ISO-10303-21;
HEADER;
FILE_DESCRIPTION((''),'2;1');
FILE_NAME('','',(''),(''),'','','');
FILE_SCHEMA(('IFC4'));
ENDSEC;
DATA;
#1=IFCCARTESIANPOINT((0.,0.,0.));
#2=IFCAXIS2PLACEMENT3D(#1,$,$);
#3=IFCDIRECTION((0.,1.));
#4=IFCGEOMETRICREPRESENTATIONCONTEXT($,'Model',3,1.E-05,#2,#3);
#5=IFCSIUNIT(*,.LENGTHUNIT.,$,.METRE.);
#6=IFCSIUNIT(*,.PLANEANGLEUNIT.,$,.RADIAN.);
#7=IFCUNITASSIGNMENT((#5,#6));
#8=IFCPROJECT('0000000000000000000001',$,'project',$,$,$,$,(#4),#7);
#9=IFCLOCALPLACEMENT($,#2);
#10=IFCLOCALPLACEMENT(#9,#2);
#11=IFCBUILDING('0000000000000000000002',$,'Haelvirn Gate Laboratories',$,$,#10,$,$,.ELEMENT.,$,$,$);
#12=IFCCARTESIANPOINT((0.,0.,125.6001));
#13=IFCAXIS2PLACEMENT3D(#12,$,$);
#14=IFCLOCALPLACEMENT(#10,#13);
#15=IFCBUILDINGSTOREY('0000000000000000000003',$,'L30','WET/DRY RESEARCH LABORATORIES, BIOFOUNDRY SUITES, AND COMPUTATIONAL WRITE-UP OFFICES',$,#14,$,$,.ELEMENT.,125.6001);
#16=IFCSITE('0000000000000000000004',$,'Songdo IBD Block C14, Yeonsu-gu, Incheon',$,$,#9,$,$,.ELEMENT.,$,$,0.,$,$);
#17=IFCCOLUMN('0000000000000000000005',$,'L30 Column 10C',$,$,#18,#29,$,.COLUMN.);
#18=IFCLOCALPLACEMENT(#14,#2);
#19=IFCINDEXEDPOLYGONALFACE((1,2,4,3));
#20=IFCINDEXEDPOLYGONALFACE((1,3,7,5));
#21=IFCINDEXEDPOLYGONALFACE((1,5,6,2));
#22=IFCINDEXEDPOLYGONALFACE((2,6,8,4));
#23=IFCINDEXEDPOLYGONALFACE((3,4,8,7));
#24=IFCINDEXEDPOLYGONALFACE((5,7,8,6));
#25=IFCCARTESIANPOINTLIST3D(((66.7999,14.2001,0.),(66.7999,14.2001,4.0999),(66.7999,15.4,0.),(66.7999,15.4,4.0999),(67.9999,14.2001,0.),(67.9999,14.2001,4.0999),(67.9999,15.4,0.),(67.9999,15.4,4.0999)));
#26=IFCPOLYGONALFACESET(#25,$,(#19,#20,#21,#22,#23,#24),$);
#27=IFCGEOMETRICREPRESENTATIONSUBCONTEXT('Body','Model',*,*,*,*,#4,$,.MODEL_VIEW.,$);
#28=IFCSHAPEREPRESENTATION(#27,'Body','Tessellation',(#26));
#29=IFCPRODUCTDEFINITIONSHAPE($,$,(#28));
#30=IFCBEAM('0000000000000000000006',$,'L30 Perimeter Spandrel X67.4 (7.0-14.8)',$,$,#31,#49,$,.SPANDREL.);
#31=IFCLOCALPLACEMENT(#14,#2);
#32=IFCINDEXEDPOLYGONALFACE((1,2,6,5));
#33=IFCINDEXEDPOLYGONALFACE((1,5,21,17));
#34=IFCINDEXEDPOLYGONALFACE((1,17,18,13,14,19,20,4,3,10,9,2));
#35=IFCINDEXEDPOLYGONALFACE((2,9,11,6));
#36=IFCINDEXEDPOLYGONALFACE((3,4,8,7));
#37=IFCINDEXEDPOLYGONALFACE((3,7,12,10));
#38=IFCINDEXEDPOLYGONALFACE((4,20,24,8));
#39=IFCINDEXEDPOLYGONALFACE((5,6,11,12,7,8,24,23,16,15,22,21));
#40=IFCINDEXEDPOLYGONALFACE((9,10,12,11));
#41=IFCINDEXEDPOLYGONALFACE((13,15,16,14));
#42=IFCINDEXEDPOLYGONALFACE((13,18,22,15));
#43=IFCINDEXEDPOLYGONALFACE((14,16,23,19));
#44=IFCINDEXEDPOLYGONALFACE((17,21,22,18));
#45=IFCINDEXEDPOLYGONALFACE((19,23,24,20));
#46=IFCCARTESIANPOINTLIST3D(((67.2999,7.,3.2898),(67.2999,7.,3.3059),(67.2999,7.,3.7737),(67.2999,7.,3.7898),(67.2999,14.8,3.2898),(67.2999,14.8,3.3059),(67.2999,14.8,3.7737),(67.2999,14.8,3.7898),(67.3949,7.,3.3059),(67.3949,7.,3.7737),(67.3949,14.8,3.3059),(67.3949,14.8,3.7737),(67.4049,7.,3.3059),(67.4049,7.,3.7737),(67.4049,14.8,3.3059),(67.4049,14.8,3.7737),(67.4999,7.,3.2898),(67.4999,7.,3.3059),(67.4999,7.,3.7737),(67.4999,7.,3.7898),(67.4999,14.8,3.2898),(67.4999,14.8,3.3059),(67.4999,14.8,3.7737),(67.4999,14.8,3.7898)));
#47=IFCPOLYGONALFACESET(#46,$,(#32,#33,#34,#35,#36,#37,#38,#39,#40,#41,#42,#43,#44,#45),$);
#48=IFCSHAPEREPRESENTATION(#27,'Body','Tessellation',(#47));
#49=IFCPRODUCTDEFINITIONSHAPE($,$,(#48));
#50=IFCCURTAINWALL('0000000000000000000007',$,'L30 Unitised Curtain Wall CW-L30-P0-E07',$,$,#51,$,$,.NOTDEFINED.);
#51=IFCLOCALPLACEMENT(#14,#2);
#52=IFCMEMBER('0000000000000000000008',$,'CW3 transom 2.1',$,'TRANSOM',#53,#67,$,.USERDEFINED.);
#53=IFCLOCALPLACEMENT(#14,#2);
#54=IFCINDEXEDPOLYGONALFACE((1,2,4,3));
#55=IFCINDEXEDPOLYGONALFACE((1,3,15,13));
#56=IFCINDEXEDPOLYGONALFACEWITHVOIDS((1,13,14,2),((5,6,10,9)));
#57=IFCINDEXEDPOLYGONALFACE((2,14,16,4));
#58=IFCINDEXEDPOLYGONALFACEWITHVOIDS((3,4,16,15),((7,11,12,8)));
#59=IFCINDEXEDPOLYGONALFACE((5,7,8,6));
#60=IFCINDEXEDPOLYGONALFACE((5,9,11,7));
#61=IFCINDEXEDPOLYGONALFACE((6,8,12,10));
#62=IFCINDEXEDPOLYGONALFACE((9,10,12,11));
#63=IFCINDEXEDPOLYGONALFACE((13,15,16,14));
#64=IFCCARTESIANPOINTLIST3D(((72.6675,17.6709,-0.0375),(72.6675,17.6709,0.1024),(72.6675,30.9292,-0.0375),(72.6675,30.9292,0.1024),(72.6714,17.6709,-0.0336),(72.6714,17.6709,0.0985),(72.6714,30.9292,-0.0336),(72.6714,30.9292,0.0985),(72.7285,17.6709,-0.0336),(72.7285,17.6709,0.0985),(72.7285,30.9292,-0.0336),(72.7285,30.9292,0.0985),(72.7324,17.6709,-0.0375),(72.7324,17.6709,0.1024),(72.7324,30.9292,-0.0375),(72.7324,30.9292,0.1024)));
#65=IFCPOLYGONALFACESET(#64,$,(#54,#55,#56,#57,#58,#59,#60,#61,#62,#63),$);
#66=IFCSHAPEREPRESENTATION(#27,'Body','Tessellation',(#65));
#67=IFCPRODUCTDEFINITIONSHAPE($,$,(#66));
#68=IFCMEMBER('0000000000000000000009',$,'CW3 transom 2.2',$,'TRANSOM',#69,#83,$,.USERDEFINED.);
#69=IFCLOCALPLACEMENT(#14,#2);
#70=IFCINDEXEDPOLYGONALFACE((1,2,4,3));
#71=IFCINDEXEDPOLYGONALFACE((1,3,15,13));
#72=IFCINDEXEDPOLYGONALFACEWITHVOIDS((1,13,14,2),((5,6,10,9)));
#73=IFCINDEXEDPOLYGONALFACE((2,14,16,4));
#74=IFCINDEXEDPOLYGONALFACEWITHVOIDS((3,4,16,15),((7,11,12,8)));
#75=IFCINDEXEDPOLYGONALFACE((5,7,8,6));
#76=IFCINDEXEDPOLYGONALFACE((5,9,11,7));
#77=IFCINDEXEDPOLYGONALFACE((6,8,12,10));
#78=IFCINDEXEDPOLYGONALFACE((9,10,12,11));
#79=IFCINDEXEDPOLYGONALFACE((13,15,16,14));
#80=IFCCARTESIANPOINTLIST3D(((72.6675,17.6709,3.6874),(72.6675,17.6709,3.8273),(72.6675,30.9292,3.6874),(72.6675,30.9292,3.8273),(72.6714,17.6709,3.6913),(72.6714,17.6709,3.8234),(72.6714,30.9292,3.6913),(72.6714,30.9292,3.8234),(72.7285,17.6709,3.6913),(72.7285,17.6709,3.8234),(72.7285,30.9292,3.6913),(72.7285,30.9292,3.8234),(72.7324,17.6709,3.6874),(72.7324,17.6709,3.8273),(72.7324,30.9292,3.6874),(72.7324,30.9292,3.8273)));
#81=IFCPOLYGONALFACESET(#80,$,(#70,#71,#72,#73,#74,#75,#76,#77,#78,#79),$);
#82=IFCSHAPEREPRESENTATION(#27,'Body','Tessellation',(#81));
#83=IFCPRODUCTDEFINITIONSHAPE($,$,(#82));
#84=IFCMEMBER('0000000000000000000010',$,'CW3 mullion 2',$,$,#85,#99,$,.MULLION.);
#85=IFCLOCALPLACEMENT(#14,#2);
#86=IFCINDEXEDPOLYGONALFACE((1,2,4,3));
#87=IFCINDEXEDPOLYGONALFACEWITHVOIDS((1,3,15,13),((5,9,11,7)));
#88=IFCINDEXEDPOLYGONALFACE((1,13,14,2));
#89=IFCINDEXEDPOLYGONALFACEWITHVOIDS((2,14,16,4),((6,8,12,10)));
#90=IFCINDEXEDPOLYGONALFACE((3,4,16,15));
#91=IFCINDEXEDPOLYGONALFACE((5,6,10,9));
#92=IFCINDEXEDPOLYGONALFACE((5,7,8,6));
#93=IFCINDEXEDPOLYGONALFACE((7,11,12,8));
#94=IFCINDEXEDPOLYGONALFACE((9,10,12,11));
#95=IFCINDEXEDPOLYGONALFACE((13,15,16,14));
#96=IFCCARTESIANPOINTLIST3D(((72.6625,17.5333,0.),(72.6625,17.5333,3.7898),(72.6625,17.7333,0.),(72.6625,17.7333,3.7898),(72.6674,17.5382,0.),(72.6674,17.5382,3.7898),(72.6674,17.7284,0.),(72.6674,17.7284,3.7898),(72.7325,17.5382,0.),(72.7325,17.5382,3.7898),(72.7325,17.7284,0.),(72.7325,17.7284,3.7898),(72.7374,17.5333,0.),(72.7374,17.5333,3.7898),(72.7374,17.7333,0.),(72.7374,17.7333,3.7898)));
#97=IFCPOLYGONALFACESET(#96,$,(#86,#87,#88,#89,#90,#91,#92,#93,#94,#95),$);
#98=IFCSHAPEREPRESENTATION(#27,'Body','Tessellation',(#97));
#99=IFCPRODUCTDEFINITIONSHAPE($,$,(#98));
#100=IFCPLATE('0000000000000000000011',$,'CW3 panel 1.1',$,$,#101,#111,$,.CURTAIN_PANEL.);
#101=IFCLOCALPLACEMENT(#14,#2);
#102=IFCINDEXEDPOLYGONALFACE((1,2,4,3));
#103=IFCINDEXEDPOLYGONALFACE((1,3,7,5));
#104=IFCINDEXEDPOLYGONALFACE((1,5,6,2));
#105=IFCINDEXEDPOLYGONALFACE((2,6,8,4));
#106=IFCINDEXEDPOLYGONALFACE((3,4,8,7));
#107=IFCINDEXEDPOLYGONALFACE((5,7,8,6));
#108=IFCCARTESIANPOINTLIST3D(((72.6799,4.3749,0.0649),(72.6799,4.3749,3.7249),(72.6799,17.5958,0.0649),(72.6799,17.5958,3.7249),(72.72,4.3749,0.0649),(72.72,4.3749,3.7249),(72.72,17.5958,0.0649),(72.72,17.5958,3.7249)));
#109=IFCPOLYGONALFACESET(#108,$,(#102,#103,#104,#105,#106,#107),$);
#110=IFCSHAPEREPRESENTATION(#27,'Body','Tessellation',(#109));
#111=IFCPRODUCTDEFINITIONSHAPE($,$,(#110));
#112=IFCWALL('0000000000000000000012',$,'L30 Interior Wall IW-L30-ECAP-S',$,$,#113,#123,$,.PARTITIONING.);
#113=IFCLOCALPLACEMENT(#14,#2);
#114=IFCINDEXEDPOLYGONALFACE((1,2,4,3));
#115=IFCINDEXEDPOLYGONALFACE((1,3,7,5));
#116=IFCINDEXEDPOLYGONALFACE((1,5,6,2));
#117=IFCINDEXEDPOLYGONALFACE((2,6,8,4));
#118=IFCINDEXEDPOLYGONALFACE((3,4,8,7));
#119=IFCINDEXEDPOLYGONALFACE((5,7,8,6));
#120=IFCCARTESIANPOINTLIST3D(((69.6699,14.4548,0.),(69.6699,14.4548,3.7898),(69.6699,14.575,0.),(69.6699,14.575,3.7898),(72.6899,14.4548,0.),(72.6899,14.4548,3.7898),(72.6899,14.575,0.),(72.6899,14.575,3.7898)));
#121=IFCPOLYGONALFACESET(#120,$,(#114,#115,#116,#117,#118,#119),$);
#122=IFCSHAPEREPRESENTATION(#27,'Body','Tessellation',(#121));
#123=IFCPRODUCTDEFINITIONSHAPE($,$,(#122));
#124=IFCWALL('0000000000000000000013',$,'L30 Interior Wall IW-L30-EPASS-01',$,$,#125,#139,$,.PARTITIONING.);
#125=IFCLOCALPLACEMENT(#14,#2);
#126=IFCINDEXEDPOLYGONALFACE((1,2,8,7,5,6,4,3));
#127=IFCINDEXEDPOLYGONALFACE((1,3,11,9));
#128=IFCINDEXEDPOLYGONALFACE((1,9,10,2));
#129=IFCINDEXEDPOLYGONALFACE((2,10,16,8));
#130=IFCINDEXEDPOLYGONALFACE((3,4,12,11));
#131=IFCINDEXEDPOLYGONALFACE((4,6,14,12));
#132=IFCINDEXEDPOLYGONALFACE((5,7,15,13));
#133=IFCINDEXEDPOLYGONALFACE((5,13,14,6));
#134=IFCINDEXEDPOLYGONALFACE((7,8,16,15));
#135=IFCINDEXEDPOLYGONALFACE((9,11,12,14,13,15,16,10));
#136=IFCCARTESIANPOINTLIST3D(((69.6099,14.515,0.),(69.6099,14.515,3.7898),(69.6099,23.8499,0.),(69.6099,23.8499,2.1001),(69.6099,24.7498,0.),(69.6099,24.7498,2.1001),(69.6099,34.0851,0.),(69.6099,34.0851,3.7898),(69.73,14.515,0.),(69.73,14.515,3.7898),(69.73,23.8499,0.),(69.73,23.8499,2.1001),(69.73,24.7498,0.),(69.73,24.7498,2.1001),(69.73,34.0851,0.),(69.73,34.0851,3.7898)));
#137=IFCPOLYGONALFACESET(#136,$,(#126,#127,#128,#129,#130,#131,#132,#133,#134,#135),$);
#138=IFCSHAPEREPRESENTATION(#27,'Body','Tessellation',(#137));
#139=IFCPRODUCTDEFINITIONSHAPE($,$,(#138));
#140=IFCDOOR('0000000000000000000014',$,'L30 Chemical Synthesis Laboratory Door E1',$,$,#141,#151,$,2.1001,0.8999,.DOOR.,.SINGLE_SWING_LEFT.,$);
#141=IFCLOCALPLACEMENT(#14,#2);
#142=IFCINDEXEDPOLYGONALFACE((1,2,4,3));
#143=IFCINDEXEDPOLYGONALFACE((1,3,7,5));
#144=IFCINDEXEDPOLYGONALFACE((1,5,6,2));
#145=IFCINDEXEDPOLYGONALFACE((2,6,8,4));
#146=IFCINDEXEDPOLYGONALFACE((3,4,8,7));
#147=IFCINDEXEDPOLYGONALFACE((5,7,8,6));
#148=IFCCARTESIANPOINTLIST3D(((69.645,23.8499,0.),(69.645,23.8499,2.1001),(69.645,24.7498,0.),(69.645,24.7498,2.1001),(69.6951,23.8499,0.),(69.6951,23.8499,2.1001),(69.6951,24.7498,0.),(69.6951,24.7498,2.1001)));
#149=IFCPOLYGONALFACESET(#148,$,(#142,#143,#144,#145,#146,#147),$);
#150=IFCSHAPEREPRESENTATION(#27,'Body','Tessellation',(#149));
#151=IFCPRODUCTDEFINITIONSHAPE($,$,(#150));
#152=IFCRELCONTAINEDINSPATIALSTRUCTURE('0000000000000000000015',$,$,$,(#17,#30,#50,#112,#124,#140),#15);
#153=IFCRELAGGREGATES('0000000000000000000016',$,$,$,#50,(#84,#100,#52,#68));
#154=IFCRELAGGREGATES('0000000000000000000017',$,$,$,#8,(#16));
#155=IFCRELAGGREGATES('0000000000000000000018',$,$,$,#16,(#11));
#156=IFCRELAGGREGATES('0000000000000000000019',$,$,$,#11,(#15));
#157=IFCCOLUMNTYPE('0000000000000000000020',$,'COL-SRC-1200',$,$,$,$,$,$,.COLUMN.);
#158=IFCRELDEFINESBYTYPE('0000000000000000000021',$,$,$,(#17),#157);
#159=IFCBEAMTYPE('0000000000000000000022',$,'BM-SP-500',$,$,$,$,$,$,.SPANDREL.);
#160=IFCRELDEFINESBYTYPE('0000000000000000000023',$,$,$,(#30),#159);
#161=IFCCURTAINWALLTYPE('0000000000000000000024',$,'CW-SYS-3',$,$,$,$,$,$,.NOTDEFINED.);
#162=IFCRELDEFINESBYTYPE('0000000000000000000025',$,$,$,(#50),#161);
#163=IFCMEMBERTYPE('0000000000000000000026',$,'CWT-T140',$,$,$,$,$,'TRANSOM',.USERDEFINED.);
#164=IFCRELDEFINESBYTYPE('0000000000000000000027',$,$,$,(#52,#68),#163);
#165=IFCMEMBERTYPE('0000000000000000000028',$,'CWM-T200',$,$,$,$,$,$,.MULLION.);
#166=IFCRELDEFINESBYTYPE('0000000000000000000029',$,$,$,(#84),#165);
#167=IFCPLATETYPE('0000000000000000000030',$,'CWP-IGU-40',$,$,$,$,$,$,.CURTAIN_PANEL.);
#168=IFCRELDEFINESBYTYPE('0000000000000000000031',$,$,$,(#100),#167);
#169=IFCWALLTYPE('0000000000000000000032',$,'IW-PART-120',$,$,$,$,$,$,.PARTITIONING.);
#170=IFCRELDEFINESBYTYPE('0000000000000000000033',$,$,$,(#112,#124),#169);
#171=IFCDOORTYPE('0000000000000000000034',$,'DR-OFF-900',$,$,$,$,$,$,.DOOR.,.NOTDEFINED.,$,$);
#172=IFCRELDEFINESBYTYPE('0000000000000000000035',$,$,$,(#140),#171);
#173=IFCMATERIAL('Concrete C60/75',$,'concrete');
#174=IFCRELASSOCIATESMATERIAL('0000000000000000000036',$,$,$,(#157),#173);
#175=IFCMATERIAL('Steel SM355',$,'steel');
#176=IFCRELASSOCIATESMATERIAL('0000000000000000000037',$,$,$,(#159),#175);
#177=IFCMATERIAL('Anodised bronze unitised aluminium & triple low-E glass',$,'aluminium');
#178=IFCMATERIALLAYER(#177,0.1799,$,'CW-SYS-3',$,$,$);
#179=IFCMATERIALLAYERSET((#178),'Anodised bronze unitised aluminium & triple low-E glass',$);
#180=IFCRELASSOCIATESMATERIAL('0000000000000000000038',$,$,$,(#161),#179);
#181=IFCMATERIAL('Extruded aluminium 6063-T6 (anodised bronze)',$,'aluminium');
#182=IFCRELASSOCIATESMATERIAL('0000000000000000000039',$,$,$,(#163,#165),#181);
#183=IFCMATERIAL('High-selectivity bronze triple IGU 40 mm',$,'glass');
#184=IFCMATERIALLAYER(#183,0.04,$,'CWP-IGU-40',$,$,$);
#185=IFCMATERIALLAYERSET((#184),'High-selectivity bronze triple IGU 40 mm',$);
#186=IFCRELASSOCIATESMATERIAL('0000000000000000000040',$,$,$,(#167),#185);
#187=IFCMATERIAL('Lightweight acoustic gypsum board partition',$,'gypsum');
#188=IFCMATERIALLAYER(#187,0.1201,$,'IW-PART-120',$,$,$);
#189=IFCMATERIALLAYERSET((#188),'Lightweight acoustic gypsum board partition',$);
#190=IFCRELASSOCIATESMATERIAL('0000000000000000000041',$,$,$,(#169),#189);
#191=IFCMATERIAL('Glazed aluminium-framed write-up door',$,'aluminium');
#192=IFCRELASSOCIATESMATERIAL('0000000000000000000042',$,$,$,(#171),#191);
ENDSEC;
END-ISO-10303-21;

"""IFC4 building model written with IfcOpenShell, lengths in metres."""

from ifc_helpers import new_model, si_unit, direction, frame, frame_2d, origin, origin_2d, place, context, subcontext, project, spatial, rectangle, hollow_rectangle, i_section, extrude, source, transform, mapped, material, layer, layer_set, material_profile, profile_set, type_object, type_shapes, element, fill, aggregate, save


model = new_model("IFC4")

# Units and contexts
model_context = context("Model", 3, precision=1e-05, world=origin(), true_north=direction((0.0, 1.0)))
body_context = subcontext(model_context, "Body", "Model", "MODEL_VIEW")
ifc_project = project(units=[si_unit("LENGTHUNIT", "METRE"), si_unit("PLANEANGLEUNIT", "RADIAN")], contexts=[model_context])

# Site, building, storey
site_placement = place(None, origin())
site = spatial("IfcSite", under=ifc_project, at=site_placement, Name="Songdo IBD Block C14, Yeonsu-gu, Incheon", CompositionType="ELEMENT", RefElevation=0.0)
building_placement = place(site_placement, origin())
building = spatial("IfcBuilding", under=site, at=building_placement, Name="Haelvirn Gate Laboratories", CompositionType="ELEMENT")
storey_placement = place(building_placement, frame((0.0, 0.0, 125.6001)))
storey = spatial("IfcBuildingStorey", under=building, at=storey_placement, Name="L30", Description="WET/DRY RESEARCH LABORATORIES, BIOFOUNDRY SUITES, AND COMPUTATIONAL WRITE-UP OFFICES", CompositionType="ELEMENT", Elevation=125.6001)

# Column
ifc_material_1 = material(Name="Concrete C60/75", Category="concrete")
ifc_material_profile_1 = material_profile(ifc_material_1, rectangle(XDim=1.2, YDim=1.2, at=origin_2d()), Name="SRC-1200x1200")
ifc_profile_set_1 = profile_set([ifc_material_profile_1], Name="Concrete C60/75")
column_type = type_object("IfcColumnType", Name="COL-SRC-1200", PredefinedType="COLUMN", material=ifc_profile_set_1)
shared_shape_1 = source(origin(), body_context, "Body", "SweptSolid", [
    extrude(rectangle(XDim=1.2, YDim=1.2, at=origin_2d()), origin(), (0.0, 0.0, 1.0), 4.0999),
])
type_shapes(column_type, [shared_shape_1])
column_placement = place(storey_placement, frame((67.3999, 14.8, 0.0), z_axis=(0.0, 0.0, 1.0), x_axis=(1.0, 0.0, 0.0)))
element("IfcColumn", 1, at=column_placement, inside=storey, type_object=column_type, Name="L30 Column 10C", PredefinedType="COLUMN", context=body_context, shape_type="MappedRepresentation", body=[
    mapped(shared_shape_1, transform((0.0, 0.0, 0.0), scale=1.0)),
])

# Beam
ifc_material_2 = material(Name="Steel SM355", Category="steel")
ifc_material_profile_2 = material_profile(ifc_material_2, i_section(OverallWidth=0.2, OverallDepth=0.5, WebThickness=0.01, FlangeThickness=0.0161, at=origin_2d()), Name="H-500x200x10x16")
ifc_profile_set_2 = profile_set([ifc_material_profile_2], Name="Steel SM355")
beam_type = type_object("IfcBeamType", Name="BM-SP-500", PredefinedType="SPANDREL", material=ifc_profile_set_2)
shared_shape_2 = source(origin(), body_context, "Body", "SweptSolid", [
    extrude(i_section(OverallWidth=0.2, OverallDepth=0.5, WebThickness=0.01, FlangeThickness=0.0161, at=origin_2d()), origin(), (0.0, 0.0, 1.0), 7.8),
])
type_shapes(beam_type, [shared_shape_2])
beam_placement = place(storey_placement, frame((67.3999, 7.0, 3.5398), z_axis=(0.0, 1.0, 0.0), x_axis=(-1.0, 0.0, 0.0)))
element("IfcBeam", 2, at=beam_placement, inside=storey, type_object=beam_type, Name="L30 Perimeter Spandrel X67.4 (7.0-14.8)", PredefinedType="SPANDREL", context=body_context, shape_type="MappedRepresentation", body=[
    mapped(shared_shape_2, transform((0.0, 0.0, 0.0), scale=1.0)),
])

# Curtain wall, members, plate
ifc_material_3 = material(Name="Anodised bronze unitised aluminium & triple low-E glass", Category="aluminium")
ifc_layer_1 = layer(ifc_material_3, 0.1799, Name="CW-SYS-3")
ifc_layer_set_1 = layer_set([ifc_layer_1], Name="Anodised bronze unitised aluminium & triple low-E glass")
curtain_wall_type = type_object("IfcCurtainWallType", Name="CW-SYS-3", PredefinedType="NOTDEFINED", material=ifc_layer_set_1)
curtain_wall_placement = place(storey_placement, origin())
curtain_wall = element("IfcCurtainWall", 3, at=curtain_wall_placement, inside=storey, type_object=curtain_wall_type, Name="L30 Unitised Curtain Wall CW-L30-P0-E07", PredefinedType="NOTDEFINED")
ifc_material_4 = material(Name="Extruded aluminium 6063-T6 (anodised bronze)", Category="aluminium")
ifc_material_profile_3 = material_profile(ifc_material_4, hollow_rectangle(XDim=0.0649, YDim=0.1399, WallThickness=0.0039, at=origin_2d()), Name="CWT-140x65x4")
ifc_profile_set_3 = profile_set([ifc_material_profile_3], Name="Extruded aluminium 6063-T6 (anodised bronze)")
member_type_1 = type_object("IfcMemberType", Name="CWT-T140", ElementType="TRANSOM", PredefinedType="USERDEFINED", material=ifc_profile_set_3)
shared_shape_3 = source(origin(), body_context, "Body", "SweptSolid", [
    extrude(hollow_rectangle(XDim=0.0649, YDim=0.1399, WallThickness=0.0039, at=origin_2d()), origin(), (0.0, 0.0, 1.0), 13.2583),
])
type_shapes(member_type_1, [shared_shape_3])
member_1_placement = place(storey_placement, frame((72.7, 17.6709, 0.0325), z_axis=(0.0, 1.0, 0.0), x_axis=(-1.0, 0.0, 0.0)))
member_1 = element("IfcMember", 4, at=member_1_placement, type_object=member_type_1, Name="CW3 transom 2.1", ObjectType="TRANSOM", PredefinedType="USERDEFINED", context=body_context, shape_type="MappedRepresentation", body=[
    mapped(shared_shape_3, transform((0.0, 0.0, 0.0), scale=1.0)),
])
member_2_placement = place(storey_placement, frame((72.7, 17.6709, 3.7573), z_axis=(0.0, 1.0, 0.0), x_axis=(-1.0, 0.0, 0.0)))
member_2 = element("IfcMember", 5, at=member_2_placement, type_object=member_type_1, Name="CW3 transom 2.2", ObjectType="TRANSOM", PredefinedType="USERDEFINED", context=body_context, shape_type="MappedRepresentation", body=[
    mapped(shared_shape_3, transform((0.0, 0.0, 0.0), scale=1.0)),
])
ifc_material_profile_4 = material_profile(ifc_material_4, hollow_rectangle(XDim=0.075, YDim=0.2, WallThickness=0.0049, at=origin_2d()), Name="CWM-200x75x5")
ifc_profile_set_4 = profile_set([ifc_material_profile_4], Name="Extruded aluminium 6063-T6 (anodised bronze)")
member_type_2 = type_object("IfcMemberType", Name="CWM-T200", PredefinedType="MULLION", material=ifc_profile_set_4)
shared_shape_4 = source(origin(), body_context, "Body", "SweptSolid", [
    extrude(hollow_rectangle(XDim=0.075, YDim=0.2, WallThickness=0.0049, at=origin_2d()), origin(), (0.0, 0.0, 1.0), 3.7898),
])
type_shapes(member_type_2, [shared_shape_4])
member_3_placement = place(storey_placement, frame((72.7, 17.6333, 0.0), z_axis=(0.0, 0.0, 1.0), x_axis=(-1.0, 0.0, 0.0)))
member_3 = element("IfcMember", 6, at=member_3_placement, type_object=member_type_2, Name="CW3 mullion 2", PredefinedType="MULLION", context=body_context, shape_type="MappedRepresentation", body=[
    mapped(shared_shape_4, transform((0.0, 0.0, 0.0), scale=1.0)),
])
ifc_material_5 = material(Name="High-selectivity bronze triple IGU 40 mm", Category="glass")
ifc_layer_2 = layer(ifc_material_5, 0.04, Name="CWP-IGU-40")
ifc_layer_set_2 = layer_set([ifc_layer_2], Name="High-selectivity bronze triple IGU 40 mm")
plate_type = type_object("IfcPlateType", Name="CWP-IGU-40", PredefinedType="CURTAIN_PANEL", material=ifc_layer_set_2)
shared_shape_5 = source(origin(), body_context, "Body", "SweptSolid", [
    extrude(rectangle(XDim=13.2209, YDim=0.04, at=origin_2d()), origin(), (0.0, 0.0, 1.0), 3.6599),
])
type_shapes(plate_type, [shared_shape_5])
plate_placement = place(storey_placement, frame((72.7, 10.9854, 0.0649), z_axis=(0.0, 0.0, 1.0), x_axis=(0.0, 1.0, 0.0)))
plate = element("IfcPlate", 7, at=plate_placement, type_object=plate_type, Name="CW3 panel 1.1", PredefinedType="CURTAIN_PANEL", context=body_context, shape_type="MappedRepresentation", body=[
    mapped(shared_shape_5, transform((0.0, 0.0, 0.0), scale=1.0)),
])
aggregate(curtain_wall, [member_3, plate, member_1, member_2])

# Wall
ifc_material_6 = material(Name="Lightweight acoustic gypsum board partition", Category="gypsum")
ifc_layer_3 = layer(ifc_material_6, 0.1201, Name="IW-PART-120")
ifc_layer_set_3 = layer_set([ifc_layer_3], Name="Lightweight acoustic gypsum board partition")
wall_type_1 = type_object("IfcWallType", Name="IW-PART-120", PredefinedType="PARTITIONING", material=ifc_layer_set_3)
wall_1_placement = place(storey_placement, frame((69.6699, 14.5149, 0.0), z_axis=(0.0, 0.0, 1.0), x_axis=(1.0, 0.0, 0.0)))
element("IfcWall", 8, at=wall_1_placement, inside=storey, type_object=wall_type_1, Name="L30 Interior Wall IW-L30-ECAP-S", PredefinedType="PARTITIONING", context=body_context, shape_type="SweptSolid", body=[
    extrude(rectangle(XDim=3.02, YDim=0.1201, at=frame_2d((1.51, 0.0))), origin(), (0.0, 0.0, 1.0), 3.7898),
])

# Wall, opening, door
wall_2_placement = place(storey_placement, frame((69.6699, 14.5149, 0.0), z_axis=(0.0, 0.0, 1.0), x_axis=(0.0, 1.0, 0.0)))
wall_2 = element("IfcWall", 9, at=wall_2_placement, inside=storey, type_object=wall_type_1, Name="L30 Interior Wall IW-L30-EPASS-01", PredefinedType="PARTITIONING", context=body_context, shape_type="SweptSolid", body=[
    extrude(rectangle(XDim=19.5701, YDim=0.1201, at=frame_2d((9.7852, 0.0))), origin(), (0.0, 0.0, 1.0), 3.7898),
])
opening_1_placement = place(wall_2_placement, frame((9.335, 0.0, 0.0)))
opening_1 = element("IfcOpeningElement", 10, at=opening_1_placement, cuts=wall_2, PredefinedType="OPENING", context=body_context, shape_type="SweptSolid", body=[
    extrude(rectangle(XDim=0.8999, YDim=2.1001, at=frame_2d((0.45, 1.05))), frame((0.0, 0.0701, 0.0), z_axis=(0.0, -1.0, 0.0), x_axis=(1.0, 0.0, 0.0)), (0.0, 0.0, 1.0), 0.1401),
])
ifc_material_7 = material(Name="Glazed aluminium-framed write-up door", Category="aluminium")
door_type_1 = type_object("IfcDoorType", Name="DR-OFF-900", OperationType="NOTDEFINED", PredefinedType="DOOR", material=ifc_material_7)
shared_shape_6 = source(origin(), body_context, "Body", "SweptSolid", [
    extrude(rectangle(XDim=0.8999, YDim=2.1001, at=frame_2d((0.45, 1.05))), frame((0.0, 0.0249, 0.0), z_axis=(0.0, -1.0, 0.0), x_axis=(1.0, 0.0, 0.0)), (0.0, 0.0, 1.0), 0.05),
])
type_shapes(door_type_1, [shared_shape_6])
door_1_placement = place(opening_1_placement, origin())
door_1 = element("IfcDoor", 11, at=door_1_placement, inside=storey, type_object=door_type_1, Name="L30 Chemical Synthesis Laboratory Door E1", OperationType="SINGLE_SWING_LEFT", OverallHeight=2.1001, OverallWidth=0.8999, PredefinedType="DOOR", context=body_context, shape_type="MappedRepresentation", body=[
    mapped(shared_shape_6, transform((0.0, 0.0, 0.0), scale=1.0)),
])
fill(opening_1, door_1)

save(model, "model.ifc")
